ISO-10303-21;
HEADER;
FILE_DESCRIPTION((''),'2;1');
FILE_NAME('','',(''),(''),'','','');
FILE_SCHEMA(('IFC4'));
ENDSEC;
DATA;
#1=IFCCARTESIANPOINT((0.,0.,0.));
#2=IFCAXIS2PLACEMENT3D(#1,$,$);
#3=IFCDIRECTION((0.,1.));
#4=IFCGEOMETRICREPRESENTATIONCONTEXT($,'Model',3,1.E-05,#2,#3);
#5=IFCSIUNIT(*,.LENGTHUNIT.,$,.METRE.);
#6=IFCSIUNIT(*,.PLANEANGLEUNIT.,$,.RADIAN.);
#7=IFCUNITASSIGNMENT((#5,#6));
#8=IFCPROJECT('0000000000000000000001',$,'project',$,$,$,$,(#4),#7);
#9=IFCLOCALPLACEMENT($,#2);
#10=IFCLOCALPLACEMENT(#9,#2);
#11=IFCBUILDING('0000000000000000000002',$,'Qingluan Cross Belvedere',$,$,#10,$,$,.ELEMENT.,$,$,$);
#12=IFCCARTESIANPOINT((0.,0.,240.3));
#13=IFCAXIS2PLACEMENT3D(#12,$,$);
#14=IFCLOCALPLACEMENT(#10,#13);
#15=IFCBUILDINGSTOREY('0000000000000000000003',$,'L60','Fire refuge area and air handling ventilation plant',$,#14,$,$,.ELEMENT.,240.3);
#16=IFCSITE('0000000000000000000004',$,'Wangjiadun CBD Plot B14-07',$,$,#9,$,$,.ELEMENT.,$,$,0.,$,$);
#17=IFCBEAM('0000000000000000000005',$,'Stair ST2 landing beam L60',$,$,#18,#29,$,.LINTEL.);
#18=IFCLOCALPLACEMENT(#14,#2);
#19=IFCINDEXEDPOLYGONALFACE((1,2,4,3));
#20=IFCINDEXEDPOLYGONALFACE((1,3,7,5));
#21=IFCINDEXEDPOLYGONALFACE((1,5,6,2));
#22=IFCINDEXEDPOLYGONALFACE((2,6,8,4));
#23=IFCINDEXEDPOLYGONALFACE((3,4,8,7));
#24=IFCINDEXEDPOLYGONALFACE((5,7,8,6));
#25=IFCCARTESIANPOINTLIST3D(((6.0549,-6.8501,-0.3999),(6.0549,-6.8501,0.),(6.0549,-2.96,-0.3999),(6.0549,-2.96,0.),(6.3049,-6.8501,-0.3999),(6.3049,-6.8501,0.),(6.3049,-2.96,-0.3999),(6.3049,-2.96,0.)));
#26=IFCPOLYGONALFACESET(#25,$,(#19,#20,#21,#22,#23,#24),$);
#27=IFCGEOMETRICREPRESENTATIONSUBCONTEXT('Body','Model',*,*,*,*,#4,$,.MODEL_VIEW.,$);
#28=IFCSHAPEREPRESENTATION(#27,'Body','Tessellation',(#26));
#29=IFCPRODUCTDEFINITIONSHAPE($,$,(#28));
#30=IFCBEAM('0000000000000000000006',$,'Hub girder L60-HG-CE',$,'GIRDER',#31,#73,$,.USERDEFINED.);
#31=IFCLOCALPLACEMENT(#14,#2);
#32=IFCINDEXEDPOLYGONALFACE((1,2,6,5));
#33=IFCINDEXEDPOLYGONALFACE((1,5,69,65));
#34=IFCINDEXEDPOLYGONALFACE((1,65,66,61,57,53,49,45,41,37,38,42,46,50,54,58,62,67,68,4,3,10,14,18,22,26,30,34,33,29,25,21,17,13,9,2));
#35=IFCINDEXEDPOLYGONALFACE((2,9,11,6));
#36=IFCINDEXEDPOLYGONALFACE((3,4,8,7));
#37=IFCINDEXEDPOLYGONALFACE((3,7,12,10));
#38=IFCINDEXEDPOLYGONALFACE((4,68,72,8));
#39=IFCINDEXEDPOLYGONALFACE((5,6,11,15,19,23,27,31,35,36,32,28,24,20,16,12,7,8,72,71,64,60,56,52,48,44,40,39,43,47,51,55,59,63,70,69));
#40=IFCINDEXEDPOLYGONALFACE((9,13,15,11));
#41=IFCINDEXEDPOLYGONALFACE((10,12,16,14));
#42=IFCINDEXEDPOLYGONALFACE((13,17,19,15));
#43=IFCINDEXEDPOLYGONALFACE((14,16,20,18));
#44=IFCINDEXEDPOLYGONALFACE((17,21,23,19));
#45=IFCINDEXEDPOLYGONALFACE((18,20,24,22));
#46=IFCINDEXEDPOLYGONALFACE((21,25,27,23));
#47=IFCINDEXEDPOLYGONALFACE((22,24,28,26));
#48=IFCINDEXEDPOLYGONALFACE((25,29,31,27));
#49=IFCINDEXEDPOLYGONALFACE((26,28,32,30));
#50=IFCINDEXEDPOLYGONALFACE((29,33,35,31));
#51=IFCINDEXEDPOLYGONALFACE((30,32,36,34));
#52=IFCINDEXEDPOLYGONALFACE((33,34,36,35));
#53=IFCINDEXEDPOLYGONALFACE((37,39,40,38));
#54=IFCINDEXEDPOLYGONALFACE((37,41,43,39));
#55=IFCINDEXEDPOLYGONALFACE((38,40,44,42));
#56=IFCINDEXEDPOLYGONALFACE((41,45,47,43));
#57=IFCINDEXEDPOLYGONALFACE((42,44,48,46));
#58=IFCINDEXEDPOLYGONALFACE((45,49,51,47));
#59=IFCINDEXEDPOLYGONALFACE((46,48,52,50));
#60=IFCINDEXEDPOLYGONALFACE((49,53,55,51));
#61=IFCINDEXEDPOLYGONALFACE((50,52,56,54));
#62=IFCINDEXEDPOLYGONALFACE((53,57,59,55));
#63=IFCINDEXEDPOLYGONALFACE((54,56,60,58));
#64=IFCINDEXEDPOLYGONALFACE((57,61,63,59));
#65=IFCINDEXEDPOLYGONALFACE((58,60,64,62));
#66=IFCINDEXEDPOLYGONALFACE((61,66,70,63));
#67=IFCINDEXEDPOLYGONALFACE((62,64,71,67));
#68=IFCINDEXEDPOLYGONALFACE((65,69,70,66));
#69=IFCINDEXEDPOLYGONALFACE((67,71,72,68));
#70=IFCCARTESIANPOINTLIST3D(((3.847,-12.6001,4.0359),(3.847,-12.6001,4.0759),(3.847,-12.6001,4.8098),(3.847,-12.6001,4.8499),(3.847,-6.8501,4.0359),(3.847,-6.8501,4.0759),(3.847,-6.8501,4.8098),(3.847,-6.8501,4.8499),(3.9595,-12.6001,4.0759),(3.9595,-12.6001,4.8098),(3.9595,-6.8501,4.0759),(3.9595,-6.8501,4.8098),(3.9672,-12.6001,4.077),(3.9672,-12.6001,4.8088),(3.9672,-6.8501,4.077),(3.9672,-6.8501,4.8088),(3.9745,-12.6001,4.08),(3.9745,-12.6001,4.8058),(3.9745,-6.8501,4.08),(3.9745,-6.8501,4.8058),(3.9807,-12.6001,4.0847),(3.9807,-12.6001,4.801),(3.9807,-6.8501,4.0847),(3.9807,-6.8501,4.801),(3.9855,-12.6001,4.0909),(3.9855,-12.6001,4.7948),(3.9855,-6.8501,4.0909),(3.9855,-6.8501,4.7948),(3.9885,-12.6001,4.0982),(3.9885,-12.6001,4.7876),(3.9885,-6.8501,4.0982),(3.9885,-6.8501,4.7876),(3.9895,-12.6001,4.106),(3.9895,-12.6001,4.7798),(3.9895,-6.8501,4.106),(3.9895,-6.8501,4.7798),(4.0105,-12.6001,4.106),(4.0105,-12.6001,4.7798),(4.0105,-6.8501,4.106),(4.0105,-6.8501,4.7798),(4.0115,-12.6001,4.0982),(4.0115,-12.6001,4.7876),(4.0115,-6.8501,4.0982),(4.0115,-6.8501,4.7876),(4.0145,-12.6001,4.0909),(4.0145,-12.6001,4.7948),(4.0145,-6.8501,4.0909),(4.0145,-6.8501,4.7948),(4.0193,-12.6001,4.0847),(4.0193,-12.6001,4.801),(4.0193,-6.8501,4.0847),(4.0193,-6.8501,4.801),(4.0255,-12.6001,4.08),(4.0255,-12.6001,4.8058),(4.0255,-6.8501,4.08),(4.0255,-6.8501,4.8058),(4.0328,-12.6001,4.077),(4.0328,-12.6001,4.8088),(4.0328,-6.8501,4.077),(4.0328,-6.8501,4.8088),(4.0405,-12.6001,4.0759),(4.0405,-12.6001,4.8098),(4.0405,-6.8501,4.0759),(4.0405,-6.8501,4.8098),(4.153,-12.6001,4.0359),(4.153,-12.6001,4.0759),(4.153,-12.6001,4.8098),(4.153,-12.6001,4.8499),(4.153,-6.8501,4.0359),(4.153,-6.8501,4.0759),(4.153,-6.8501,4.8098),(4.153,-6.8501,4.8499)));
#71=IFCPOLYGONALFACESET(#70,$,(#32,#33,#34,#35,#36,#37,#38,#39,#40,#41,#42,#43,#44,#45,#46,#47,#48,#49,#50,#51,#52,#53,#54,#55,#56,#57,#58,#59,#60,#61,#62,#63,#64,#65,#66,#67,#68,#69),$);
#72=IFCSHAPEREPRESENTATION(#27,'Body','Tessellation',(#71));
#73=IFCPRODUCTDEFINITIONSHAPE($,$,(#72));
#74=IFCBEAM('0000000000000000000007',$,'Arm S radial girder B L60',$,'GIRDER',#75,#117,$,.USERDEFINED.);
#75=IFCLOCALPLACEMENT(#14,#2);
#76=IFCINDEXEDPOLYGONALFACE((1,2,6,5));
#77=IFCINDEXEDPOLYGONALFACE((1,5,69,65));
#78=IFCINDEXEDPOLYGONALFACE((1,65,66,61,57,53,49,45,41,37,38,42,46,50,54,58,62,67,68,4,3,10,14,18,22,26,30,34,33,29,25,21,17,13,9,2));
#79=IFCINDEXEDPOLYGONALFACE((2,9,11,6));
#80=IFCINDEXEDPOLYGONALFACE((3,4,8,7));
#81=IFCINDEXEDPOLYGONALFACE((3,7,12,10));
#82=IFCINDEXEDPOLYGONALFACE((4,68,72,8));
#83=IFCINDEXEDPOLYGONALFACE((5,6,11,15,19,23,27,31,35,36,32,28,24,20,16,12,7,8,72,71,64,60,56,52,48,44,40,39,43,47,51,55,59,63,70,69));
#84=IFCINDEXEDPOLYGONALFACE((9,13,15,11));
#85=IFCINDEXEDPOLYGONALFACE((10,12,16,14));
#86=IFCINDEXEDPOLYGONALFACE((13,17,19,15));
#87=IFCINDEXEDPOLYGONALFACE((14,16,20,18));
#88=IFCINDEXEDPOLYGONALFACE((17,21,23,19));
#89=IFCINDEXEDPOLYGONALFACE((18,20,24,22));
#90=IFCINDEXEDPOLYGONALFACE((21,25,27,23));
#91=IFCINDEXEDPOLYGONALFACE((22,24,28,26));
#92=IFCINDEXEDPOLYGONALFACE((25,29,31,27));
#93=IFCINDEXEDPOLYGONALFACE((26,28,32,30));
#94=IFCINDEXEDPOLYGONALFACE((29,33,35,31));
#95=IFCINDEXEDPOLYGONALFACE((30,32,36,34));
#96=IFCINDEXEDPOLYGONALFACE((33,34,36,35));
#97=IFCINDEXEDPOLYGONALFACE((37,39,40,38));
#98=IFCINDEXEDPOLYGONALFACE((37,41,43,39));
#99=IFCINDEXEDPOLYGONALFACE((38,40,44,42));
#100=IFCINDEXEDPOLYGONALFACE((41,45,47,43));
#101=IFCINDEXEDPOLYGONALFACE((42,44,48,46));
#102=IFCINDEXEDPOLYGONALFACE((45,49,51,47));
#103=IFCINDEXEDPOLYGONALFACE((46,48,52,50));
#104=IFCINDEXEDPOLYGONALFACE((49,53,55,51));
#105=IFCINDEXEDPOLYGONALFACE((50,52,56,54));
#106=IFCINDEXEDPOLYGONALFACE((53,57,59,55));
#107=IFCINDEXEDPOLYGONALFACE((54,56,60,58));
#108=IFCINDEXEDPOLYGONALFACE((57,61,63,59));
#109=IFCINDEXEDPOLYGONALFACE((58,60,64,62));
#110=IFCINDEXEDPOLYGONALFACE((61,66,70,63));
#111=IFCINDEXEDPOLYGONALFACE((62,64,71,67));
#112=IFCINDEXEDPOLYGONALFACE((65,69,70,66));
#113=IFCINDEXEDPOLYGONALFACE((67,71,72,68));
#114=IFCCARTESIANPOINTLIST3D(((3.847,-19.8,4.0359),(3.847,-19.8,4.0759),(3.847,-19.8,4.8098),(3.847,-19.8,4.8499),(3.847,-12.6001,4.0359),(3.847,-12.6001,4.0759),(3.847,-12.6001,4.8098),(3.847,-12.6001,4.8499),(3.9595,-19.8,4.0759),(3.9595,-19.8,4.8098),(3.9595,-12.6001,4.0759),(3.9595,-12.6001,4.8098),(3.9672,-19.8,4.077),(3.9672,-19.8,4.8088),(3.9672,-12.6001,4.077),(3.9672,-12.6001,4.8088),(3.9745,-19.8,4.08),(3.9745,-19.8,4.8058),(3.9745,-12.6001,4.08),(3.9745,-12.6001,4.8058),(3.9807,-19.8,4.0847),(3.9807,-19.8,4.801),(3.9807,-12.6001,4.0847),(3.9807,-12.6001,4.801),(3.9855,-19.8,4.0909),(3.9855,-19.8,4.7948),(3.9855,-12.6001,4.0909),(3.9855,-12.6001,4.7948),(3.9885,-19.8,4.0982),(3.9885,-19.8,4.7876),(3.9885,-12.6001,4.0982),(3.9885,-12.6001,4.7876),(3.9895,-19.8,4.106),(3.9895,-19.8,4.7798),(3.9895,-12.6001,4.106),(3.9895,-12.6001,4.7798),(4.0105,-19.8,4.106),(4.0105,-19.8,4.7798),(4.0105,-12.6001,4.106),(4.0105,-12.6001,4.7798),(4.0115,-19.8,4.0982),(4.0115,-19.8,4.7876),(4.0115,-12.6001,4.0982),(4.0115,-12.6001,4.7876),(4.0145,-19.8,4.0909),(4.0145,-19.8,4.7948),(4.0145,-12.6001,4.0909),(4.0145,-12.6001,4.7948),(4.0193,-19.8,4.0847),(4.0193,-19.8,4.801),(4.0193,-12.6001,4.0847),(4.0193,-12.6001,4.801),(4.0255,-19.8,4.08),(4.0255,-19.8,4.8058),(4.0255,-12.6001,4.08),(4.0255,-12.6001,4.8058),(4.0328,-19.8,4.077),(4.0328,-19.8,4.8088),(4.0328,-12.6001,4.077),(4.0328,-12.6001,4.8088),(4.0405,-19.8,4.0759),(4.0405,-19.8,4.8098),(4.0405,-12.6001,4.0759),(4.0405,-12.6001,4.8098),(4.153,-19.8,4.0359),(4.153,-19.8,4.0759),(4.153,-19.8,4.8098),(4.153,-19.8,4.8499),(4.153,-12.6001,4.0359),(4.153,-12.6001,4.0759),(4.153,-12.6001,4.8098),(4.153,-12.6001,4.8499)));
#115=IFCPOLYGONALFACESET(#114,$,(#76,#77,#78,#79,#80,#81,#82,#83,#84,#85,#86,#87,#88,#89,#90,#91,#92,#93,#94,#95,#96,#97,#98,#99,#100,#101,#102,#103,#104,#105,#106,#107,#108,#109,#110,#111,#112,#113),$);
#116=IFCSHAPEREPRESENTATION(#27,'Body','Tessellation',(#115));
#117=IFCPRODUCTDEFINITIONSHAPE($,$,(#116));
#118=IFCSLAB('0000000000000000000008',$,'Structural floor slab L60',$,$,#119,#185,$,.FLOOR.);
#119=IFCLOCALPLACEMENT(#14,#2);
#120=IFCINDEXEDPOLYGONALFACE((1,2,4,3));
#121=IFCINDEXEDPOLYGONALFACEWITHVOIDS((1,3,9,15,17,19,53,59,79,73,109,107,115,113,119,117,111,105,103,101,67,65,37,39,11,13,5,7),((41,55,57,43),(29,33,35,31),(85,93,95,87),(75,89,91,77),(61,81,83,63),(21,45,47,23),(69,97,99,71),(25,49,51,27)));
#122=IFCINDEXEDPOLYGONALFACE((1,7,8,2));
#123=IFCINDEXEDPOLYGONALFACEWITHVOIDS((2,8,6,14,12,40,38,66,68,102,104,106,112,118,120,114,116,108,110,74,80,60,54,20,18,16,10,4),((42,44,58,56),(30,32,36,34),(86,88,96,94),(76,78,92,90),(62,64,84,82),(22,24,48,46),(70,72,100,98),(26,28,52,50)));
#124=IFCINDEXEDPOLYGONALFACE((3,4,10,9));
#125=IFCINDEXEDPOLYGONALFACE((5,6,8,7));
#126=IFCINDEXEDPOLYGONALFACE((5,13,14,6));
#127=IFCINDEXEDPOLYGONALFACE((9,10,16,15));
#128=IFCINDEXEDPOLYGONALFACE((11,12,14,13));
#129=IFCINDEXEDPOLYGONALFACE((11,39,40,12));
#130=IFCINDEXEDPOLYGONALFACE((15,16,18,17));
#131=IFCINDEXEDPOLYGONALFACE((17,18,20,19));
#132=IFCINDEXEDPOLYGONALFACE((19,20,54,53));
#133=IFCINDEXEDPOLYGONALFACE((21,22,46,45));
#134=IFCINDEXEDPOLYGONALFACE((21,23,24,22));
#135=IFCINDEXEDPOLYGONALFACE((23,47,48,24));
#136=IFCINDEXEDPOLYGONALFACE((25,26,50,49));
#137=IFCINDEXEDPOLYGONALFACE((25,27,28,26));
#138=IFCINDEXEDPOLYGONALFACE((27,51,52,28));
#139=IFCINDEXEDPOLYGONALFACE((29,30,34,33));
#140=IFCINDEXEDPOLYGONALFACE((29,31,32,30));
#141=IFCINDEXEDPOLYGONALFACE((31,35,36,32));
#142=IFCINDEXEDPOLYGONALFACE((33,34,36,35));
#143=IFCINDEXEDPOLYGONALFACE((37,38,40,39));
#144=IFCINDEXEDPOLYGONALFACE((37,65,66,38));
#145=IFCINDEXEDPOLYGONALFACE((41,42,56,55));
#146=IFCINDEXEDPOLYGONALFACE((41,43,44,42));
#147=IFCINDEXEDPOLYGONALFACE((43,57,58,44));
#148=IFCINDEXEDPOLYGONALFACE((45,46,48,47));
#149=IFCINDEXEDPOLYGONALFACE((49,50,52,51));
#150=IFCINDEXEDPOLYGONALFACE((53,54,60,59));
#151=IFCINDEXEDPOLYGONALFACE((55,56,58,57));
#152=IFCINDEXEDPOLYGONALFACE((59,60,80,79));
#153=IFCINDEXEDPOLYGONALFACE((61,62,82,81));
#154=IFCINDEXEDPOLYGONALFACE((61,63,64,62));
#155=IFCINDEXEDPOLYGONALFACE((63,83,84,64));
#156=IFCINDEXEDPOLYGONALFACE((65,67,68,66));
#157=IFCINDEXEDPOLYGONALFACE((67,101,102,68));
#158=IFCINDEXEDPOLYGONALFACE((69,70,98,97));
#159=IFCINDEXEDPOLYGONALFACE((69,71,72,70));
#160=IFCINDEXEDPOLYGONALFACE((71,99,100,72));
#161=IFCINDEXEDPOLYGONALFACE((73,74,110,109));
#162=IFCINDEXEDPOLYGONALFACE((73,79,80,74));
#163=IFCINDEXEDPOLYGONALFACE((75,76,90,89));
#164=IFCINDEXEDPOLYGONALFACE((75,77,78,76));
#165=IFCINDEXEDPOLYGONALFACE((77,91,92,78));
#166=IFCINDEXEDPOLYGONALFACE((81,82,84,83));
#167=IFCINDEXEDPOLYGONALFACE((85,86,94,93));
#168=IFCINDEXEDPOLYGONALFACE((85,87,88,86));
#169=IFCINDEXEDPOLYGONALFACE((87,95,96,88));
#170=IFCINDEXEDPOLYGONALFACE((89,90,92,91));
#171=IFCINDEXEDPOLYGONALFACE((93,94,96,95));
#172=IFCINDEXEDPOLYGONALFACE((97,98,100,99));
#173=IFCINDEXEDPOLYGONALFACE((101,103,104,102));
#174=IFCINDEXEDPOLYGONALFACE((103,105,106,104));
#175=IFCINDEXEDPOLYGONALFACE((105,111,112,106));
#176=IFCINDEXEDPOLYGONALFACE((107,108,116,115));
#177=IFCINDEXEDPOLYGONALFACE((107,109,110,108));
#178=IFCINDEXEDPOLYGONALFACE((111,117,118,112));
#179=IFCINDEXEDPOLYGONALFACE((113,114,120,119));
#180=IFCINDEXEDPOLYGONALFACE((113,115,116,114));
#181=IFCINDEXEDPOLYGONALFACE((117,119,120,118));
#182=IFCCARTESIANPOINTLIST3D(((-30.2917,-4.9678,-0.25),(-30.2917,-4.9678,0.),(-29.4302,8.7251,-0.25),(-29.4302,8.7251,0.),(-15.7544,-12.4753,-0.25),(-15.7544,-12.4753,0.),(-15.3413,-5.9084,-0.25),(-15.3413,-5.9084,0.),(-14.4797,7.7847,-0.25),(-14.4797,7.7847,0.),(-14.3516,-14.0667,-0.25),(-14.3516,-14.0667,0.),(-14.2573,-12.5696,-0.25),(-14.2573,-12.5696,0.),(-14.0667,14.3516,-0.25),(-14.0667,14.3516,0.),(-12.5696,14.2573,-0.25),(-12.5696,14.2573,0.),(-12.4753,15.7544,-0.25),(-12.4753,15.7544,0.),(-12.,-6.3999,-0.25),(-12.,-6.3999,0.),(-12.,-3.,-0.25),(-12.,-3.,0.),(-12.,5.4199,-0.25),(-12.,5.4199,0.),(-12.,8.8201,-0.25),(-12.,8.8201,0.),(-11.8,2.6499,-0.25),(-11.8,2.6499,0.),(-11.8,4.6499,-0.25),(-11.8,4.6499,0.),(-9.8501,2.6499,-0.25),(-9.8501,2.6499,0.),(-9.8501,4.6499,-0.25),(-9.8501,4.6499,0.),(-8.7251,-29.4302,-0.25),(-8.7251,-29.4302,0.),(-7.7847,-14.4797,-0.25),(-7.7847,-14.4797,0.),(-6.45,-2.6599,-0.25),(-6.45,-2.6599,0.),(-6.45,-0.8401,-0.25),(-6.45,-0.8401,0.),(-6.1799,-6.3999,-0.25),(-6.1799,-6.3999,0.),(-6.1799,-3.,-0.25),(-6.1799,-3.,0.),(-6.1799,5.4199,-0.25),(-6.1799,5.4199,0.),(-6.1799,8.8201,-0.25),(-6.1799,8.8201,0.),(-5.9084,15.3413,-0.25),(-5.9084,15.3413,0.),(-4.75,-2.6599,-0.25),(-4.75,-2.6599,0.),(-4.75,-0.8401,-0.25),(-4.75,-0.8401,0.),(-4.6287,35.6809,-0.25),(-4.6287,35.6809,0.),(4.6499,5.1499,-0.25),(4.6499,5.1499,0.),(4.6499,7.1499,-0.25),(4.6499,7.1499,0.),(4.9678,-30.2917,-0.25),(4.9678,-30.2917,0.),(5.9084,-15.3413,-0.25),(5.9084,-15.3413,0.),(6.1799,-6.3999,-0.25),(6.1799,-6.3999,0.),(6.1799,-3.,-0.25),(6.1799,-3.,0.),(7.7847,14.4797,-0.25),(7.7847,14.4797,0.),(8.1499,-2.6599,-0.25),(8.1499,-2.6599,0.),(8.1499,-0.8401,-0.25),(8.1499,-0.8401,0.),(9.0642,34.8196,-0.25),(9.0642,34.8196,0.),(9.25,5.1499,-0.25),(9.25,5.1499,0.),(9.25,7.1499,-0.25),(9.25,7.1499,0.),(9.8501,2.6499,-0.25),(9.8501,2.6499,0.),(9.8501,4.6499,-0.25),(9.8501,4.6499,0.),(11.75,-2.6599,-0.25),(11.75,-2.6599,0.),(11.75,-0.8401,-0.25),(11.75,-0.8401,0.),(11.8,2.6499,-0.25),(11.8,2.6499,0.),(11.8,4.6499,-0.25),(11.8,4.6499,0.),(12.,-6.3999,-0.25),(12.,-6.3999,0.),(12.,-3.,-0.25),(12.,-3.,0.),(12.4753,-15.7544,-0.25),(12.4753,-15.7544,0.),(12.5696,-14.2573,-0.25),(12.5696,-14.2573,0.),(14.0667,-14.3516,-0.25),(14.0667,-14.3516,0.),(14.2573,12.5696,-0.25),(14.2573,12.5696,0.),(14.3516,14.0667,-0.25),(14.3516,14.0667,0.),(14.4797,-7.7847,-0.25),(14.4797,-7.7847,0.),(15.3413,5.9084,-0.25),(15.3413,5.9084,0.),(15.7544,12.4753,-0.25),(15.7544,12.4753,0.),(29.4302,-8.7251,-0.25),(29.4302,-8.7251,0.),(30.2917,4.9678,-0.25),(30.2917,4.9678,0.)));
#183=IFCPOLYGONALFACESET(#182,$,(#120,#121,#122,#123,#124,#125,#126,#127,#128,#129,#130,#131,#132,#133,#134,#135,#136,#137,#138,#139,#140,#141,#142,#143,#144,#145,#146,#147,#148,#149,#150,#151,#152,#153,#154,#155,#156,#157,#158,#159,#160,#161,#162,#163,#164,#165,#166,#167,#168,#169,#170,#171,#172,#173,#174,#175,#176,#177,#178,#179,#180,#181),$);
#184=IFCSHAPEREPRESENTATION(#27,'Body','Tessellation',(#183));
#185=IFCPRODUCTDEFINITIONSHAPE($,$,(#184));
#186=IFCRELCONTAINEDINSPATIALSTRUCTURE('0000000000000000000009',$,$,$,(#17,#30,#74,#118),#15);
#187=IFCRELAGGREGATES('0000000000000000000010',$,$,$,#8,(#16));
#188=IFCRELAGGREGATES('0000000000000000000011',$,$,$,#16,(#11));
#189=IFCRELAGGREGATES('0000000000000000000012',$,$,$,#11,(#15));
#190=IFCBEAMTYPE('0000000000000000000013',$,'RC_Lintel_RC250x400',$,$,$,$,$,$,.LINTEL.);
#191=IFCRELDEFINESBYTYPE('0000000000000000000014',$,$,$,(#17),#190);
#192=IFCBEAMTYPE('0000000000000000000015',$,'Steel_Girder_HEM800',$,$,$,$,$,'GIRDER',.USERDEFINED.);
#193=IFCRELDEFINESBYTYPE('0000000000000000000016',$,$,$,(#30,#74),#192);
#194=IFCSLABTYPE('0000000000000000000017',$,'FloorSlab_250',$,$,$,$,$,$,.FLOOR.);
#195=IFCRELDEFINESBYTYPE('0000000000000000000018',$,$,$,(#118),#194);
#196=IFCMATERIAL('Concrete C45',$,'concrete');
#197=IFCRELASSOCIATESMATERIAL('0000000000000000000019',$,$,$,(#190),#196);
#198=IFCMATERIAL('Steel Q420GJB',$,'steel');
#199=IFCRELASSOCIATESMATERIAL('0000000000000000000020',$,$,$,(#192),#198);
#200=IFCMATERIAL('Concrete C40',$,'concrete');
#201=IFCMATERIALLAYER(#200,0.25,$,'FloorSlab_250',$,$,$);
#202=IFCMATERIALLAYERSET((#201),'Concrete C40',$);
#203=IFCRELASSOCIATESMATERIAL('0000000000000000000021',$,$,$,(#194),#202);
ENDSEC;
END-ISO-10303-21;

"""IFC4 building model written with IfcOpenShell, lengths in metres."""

from ifc_helpers import new_model, si_unit, direction, frame, origin, origin_2d, place, context, subcontext, project, spatial, polyline, rectangle, i_section, outline, extrude, material, layer, layer_set, material_profile, profile_set, type_object, element, save


model = new_model("IFC4")

# Units and contexts
model_context = context("Model", 3, precision=1e-05, world=origin(), true_north=direction((0.0, 1.0)))
body_context = subcontext(model_context, "Body", "Model", "MODEL_VIEW")
ifc_project = project(units=[si_unit("LENGTHUNIT", "METRE"), si_unit("PLANEANGLEUNIT", "RADIAN")], contexts=[model_context])

# Site, building, storey
site_placement = place(None, origin())
site = spatial("IfcSite", under=ifc_project, at=site_placement, Name="Wangjiadun CBD Plot B14-07", CompositionType="ELEMENT", RefElevation=0.0)
building_placement = place(site_placement, origin())
building = spatial("IfcBuilding", under=site, at=building_placement, Name="Qingluan Cross Belvedere", CompositionType="ELEMENT")
storey_placement = place(building_placement, frame((0.0, 0.0, 240.3)))
storey = spatial("IfcBuildingStorey", under=building, at=storey_placement, Name="L60", Description="Fire refuge area and air handling ventilation plant", CompositionType="ELEMENT", Elevation=240.3)

# Beams
ifc_material_1 = material(Name="Concrete C45", Category="concrete")
ifc_material_profile_1 = material_profile(ifc_material_1, rectangle(XDim=0.25, YDim=0.3999, at=origin_2d()), Name="RC250x400")
ifc_profile_set_1 = profile_set([ifc_material_profile_1], Name="Concrete C45")
beam_type_1 = type_object("IfcBeamType", Name="RC_Lintel_RC250x400", PredefinedType="LINTEL", material=ifc_profile_set_1)
beam_1_placement = place(storey_placement, frame((6.1799, -6.8501, -0.2), z_axis=(0.0, 1.0, 0.0), x_axis=(-1.0, 0.0, 0.0)))
element("IfcBeam", 1, at=beam_1_placement, inside=storey, type_object=beam_type_1, Name="Stair ST2 landing beam L60", PredefinedType="LINTEL", context=body_context, shape_type="SweptSolid", body=[
    extrude(rectangle(XDim=0.25, YDim=0.3999, at=origin_2d()), origin(), (0.0, 0.0, 1.0), 3.8901),
])
ifc_material_2 = material(Name="Steel Q420GJB", Category="steel")
ifc_material_profile_2 = material_profile(ifc_material_2, i_section(OverallWidth=0.3059, OverallDepth=0.814, WebThickness=0.021, FlangeThickness=0.04, FilletRadius=0.03, at=origin_2d()), Name="HEM800")
ifc_profile_set_2 = profile_set([ifc_material_profile_2], Name="Steel Q420GJB")
beam_type_2 = type_object("IfcBeamType", Name="Steel_Girder_HEM800", ElementType="GIRDER", PredefinedType="USERDEFINED", material=ifc_profile_set_2)
beam_2_placement = place(storey_placement, frame((4.0, -12.6001, 4.4429), z_axis=(0.0, 1.0, 0.0), x_axis=(-1.0, 0.0, 0.0)))
element("IfcBeam", 2, at=beam_2_placement, inside=storey, type_object=beam_type_2, Name="Hub girder L60-HG-CE", ObjectType="GIRDER", PredefinedType="USERDEFINED", context=body_context, shape_type="SweptSolid", body=[
    extrude(i_section(OverallWidth=0.3059, OverallDepth=0.814, WebThickness=0.021, FlangeThickness=0.04, FilletRadius=0.03, at=origin_2d()), origin(), (0.0, 0.0, 1.0), 5.75),
])
beam_3_placement = place(storey_placement, frame((4.0, -12.6001, 4.4429), z_axis=(0.0, -1.0, 0.0), x_axis=(1.0, 0.0, 0.0)))
element("IfcBeam", 3, at=beam_3_placement, inside=storey, type_object=beam_type_2, Name="Arm S radial girder B L60", ObjectType="GIRDER", PredefinedType="USERDEFINED", context=body_context, shape_type="SweptSolid", body=[
    extrude(i_section(OverallWidth=0.3059, OverallDepth=0.814, WebThickness=0.021, FlangeThickness=0.04, FilletRadius=0.03, at=origin_2d()), origin(), (0.0, 0.0, 1.0), 7.2),
])

# Slab
ifc_material_3 = material(Name="Concrete C40", Category="concrete")
ifc_layer_1 = layer(ifc_material_3, 0.25, Name="FloorSlab_250")
ifc_layer_set_1 = layer_set([ifc_layer_1], Name="Concrete C40")
slab_type = type_object("IfcSlabType", Name="FloorSlab_250", PredefinedType="FLOOR", material=ifc_layer_set_1)
slab_placement = place(storey_placement, frame((0.0, 0.0, -0.25)))
element("IfcSlab", 4, at=slab_placement, inside=storey, type_object=slab_type, Name="Structural floor slab L60", PredefinedType="FLOOR", context=body_context, shape_type="SweptSolid", body=[
    extrude(outline(polyline([(4.9678, -30.2917), (5.9084, -15.3413), (12.4753, -15.7544), (12.5696, -14.2573), (14.0667, -14.3516), (14.4797, -7.7847), (29.4302, -8.7251), (30.2917, 4.9678), (15.3413, 5.9084), (15.7544, 12.4753), (14.2573, 12.5696), (14.3516, 14.0667), (7.7847, 14.4797), (9.0642, 34.8196), (-4.6287, 35.6809), (-5.9084, 15.3413), (-12.4753, 15.7544), (-12.5696, 14.2573), (-14.0667, 14.3516), (-14.4797, 7.7847), (-29.4302, 8.7251), (-30.2917, -4.9678), (-15.3413, -5.9084), (-15.7544, -12.4753), (-14.2573, -12.5696), (-14.3516, -14.0667), (-7.7847, -14.4797), (-8.7251, -29.4302), (4.9678, -30.2917)]), holes=[polyline([(-12.0, -3.0), (-6.1799, -3.0), (-6.1799, -6.3999), (-12.0, -6.3999), (-12.0, -3.0)]), polyline([(6.1799, -3.0), (12.0, -3.0), (12.0, -6.3999), (6.1799, -6.3999), (6.1799, -3.0)]), polyline([(-12.0, 8.8201), (-6.1799, 8.8201), (-6.1799, 5.4199), (-12.0, 5.4199), (-12.0, 8.8201)]), polyline([(-11.8, 4.6499), (-9.8501, 4.6499), (-9.8501, 2.6499), (-11.8, 2.6499), (-11.8, 4.6499)]), polyline([(9.8501, 4.6499), (11.8, 4.6499), (11.8, 2.6499), (9.8501, 2.6499), (9.8501, 4.6499)]), polyline([(-6.45, -0.8401), (-4.75, -0.8401), (-4.75, -2.6599), (-6.45, -2.6599), (-6.45, -0.8401)]), polyline([(8.1499, -0.8401), (11.75, -0.8401), (11.75, -2.6599), (8.1499, -2.6599), (8.1499, -0.8401)]), polyline([(4.6499, 7.1499), (9.25, 7.1499), (9.25, 5.1499), (4.6499, 5.1499), (4.6499, 7.1499)])]), origin(), (0.0, 0.0, 1.0), 0.25),
])

save(model, "model.ifc")
